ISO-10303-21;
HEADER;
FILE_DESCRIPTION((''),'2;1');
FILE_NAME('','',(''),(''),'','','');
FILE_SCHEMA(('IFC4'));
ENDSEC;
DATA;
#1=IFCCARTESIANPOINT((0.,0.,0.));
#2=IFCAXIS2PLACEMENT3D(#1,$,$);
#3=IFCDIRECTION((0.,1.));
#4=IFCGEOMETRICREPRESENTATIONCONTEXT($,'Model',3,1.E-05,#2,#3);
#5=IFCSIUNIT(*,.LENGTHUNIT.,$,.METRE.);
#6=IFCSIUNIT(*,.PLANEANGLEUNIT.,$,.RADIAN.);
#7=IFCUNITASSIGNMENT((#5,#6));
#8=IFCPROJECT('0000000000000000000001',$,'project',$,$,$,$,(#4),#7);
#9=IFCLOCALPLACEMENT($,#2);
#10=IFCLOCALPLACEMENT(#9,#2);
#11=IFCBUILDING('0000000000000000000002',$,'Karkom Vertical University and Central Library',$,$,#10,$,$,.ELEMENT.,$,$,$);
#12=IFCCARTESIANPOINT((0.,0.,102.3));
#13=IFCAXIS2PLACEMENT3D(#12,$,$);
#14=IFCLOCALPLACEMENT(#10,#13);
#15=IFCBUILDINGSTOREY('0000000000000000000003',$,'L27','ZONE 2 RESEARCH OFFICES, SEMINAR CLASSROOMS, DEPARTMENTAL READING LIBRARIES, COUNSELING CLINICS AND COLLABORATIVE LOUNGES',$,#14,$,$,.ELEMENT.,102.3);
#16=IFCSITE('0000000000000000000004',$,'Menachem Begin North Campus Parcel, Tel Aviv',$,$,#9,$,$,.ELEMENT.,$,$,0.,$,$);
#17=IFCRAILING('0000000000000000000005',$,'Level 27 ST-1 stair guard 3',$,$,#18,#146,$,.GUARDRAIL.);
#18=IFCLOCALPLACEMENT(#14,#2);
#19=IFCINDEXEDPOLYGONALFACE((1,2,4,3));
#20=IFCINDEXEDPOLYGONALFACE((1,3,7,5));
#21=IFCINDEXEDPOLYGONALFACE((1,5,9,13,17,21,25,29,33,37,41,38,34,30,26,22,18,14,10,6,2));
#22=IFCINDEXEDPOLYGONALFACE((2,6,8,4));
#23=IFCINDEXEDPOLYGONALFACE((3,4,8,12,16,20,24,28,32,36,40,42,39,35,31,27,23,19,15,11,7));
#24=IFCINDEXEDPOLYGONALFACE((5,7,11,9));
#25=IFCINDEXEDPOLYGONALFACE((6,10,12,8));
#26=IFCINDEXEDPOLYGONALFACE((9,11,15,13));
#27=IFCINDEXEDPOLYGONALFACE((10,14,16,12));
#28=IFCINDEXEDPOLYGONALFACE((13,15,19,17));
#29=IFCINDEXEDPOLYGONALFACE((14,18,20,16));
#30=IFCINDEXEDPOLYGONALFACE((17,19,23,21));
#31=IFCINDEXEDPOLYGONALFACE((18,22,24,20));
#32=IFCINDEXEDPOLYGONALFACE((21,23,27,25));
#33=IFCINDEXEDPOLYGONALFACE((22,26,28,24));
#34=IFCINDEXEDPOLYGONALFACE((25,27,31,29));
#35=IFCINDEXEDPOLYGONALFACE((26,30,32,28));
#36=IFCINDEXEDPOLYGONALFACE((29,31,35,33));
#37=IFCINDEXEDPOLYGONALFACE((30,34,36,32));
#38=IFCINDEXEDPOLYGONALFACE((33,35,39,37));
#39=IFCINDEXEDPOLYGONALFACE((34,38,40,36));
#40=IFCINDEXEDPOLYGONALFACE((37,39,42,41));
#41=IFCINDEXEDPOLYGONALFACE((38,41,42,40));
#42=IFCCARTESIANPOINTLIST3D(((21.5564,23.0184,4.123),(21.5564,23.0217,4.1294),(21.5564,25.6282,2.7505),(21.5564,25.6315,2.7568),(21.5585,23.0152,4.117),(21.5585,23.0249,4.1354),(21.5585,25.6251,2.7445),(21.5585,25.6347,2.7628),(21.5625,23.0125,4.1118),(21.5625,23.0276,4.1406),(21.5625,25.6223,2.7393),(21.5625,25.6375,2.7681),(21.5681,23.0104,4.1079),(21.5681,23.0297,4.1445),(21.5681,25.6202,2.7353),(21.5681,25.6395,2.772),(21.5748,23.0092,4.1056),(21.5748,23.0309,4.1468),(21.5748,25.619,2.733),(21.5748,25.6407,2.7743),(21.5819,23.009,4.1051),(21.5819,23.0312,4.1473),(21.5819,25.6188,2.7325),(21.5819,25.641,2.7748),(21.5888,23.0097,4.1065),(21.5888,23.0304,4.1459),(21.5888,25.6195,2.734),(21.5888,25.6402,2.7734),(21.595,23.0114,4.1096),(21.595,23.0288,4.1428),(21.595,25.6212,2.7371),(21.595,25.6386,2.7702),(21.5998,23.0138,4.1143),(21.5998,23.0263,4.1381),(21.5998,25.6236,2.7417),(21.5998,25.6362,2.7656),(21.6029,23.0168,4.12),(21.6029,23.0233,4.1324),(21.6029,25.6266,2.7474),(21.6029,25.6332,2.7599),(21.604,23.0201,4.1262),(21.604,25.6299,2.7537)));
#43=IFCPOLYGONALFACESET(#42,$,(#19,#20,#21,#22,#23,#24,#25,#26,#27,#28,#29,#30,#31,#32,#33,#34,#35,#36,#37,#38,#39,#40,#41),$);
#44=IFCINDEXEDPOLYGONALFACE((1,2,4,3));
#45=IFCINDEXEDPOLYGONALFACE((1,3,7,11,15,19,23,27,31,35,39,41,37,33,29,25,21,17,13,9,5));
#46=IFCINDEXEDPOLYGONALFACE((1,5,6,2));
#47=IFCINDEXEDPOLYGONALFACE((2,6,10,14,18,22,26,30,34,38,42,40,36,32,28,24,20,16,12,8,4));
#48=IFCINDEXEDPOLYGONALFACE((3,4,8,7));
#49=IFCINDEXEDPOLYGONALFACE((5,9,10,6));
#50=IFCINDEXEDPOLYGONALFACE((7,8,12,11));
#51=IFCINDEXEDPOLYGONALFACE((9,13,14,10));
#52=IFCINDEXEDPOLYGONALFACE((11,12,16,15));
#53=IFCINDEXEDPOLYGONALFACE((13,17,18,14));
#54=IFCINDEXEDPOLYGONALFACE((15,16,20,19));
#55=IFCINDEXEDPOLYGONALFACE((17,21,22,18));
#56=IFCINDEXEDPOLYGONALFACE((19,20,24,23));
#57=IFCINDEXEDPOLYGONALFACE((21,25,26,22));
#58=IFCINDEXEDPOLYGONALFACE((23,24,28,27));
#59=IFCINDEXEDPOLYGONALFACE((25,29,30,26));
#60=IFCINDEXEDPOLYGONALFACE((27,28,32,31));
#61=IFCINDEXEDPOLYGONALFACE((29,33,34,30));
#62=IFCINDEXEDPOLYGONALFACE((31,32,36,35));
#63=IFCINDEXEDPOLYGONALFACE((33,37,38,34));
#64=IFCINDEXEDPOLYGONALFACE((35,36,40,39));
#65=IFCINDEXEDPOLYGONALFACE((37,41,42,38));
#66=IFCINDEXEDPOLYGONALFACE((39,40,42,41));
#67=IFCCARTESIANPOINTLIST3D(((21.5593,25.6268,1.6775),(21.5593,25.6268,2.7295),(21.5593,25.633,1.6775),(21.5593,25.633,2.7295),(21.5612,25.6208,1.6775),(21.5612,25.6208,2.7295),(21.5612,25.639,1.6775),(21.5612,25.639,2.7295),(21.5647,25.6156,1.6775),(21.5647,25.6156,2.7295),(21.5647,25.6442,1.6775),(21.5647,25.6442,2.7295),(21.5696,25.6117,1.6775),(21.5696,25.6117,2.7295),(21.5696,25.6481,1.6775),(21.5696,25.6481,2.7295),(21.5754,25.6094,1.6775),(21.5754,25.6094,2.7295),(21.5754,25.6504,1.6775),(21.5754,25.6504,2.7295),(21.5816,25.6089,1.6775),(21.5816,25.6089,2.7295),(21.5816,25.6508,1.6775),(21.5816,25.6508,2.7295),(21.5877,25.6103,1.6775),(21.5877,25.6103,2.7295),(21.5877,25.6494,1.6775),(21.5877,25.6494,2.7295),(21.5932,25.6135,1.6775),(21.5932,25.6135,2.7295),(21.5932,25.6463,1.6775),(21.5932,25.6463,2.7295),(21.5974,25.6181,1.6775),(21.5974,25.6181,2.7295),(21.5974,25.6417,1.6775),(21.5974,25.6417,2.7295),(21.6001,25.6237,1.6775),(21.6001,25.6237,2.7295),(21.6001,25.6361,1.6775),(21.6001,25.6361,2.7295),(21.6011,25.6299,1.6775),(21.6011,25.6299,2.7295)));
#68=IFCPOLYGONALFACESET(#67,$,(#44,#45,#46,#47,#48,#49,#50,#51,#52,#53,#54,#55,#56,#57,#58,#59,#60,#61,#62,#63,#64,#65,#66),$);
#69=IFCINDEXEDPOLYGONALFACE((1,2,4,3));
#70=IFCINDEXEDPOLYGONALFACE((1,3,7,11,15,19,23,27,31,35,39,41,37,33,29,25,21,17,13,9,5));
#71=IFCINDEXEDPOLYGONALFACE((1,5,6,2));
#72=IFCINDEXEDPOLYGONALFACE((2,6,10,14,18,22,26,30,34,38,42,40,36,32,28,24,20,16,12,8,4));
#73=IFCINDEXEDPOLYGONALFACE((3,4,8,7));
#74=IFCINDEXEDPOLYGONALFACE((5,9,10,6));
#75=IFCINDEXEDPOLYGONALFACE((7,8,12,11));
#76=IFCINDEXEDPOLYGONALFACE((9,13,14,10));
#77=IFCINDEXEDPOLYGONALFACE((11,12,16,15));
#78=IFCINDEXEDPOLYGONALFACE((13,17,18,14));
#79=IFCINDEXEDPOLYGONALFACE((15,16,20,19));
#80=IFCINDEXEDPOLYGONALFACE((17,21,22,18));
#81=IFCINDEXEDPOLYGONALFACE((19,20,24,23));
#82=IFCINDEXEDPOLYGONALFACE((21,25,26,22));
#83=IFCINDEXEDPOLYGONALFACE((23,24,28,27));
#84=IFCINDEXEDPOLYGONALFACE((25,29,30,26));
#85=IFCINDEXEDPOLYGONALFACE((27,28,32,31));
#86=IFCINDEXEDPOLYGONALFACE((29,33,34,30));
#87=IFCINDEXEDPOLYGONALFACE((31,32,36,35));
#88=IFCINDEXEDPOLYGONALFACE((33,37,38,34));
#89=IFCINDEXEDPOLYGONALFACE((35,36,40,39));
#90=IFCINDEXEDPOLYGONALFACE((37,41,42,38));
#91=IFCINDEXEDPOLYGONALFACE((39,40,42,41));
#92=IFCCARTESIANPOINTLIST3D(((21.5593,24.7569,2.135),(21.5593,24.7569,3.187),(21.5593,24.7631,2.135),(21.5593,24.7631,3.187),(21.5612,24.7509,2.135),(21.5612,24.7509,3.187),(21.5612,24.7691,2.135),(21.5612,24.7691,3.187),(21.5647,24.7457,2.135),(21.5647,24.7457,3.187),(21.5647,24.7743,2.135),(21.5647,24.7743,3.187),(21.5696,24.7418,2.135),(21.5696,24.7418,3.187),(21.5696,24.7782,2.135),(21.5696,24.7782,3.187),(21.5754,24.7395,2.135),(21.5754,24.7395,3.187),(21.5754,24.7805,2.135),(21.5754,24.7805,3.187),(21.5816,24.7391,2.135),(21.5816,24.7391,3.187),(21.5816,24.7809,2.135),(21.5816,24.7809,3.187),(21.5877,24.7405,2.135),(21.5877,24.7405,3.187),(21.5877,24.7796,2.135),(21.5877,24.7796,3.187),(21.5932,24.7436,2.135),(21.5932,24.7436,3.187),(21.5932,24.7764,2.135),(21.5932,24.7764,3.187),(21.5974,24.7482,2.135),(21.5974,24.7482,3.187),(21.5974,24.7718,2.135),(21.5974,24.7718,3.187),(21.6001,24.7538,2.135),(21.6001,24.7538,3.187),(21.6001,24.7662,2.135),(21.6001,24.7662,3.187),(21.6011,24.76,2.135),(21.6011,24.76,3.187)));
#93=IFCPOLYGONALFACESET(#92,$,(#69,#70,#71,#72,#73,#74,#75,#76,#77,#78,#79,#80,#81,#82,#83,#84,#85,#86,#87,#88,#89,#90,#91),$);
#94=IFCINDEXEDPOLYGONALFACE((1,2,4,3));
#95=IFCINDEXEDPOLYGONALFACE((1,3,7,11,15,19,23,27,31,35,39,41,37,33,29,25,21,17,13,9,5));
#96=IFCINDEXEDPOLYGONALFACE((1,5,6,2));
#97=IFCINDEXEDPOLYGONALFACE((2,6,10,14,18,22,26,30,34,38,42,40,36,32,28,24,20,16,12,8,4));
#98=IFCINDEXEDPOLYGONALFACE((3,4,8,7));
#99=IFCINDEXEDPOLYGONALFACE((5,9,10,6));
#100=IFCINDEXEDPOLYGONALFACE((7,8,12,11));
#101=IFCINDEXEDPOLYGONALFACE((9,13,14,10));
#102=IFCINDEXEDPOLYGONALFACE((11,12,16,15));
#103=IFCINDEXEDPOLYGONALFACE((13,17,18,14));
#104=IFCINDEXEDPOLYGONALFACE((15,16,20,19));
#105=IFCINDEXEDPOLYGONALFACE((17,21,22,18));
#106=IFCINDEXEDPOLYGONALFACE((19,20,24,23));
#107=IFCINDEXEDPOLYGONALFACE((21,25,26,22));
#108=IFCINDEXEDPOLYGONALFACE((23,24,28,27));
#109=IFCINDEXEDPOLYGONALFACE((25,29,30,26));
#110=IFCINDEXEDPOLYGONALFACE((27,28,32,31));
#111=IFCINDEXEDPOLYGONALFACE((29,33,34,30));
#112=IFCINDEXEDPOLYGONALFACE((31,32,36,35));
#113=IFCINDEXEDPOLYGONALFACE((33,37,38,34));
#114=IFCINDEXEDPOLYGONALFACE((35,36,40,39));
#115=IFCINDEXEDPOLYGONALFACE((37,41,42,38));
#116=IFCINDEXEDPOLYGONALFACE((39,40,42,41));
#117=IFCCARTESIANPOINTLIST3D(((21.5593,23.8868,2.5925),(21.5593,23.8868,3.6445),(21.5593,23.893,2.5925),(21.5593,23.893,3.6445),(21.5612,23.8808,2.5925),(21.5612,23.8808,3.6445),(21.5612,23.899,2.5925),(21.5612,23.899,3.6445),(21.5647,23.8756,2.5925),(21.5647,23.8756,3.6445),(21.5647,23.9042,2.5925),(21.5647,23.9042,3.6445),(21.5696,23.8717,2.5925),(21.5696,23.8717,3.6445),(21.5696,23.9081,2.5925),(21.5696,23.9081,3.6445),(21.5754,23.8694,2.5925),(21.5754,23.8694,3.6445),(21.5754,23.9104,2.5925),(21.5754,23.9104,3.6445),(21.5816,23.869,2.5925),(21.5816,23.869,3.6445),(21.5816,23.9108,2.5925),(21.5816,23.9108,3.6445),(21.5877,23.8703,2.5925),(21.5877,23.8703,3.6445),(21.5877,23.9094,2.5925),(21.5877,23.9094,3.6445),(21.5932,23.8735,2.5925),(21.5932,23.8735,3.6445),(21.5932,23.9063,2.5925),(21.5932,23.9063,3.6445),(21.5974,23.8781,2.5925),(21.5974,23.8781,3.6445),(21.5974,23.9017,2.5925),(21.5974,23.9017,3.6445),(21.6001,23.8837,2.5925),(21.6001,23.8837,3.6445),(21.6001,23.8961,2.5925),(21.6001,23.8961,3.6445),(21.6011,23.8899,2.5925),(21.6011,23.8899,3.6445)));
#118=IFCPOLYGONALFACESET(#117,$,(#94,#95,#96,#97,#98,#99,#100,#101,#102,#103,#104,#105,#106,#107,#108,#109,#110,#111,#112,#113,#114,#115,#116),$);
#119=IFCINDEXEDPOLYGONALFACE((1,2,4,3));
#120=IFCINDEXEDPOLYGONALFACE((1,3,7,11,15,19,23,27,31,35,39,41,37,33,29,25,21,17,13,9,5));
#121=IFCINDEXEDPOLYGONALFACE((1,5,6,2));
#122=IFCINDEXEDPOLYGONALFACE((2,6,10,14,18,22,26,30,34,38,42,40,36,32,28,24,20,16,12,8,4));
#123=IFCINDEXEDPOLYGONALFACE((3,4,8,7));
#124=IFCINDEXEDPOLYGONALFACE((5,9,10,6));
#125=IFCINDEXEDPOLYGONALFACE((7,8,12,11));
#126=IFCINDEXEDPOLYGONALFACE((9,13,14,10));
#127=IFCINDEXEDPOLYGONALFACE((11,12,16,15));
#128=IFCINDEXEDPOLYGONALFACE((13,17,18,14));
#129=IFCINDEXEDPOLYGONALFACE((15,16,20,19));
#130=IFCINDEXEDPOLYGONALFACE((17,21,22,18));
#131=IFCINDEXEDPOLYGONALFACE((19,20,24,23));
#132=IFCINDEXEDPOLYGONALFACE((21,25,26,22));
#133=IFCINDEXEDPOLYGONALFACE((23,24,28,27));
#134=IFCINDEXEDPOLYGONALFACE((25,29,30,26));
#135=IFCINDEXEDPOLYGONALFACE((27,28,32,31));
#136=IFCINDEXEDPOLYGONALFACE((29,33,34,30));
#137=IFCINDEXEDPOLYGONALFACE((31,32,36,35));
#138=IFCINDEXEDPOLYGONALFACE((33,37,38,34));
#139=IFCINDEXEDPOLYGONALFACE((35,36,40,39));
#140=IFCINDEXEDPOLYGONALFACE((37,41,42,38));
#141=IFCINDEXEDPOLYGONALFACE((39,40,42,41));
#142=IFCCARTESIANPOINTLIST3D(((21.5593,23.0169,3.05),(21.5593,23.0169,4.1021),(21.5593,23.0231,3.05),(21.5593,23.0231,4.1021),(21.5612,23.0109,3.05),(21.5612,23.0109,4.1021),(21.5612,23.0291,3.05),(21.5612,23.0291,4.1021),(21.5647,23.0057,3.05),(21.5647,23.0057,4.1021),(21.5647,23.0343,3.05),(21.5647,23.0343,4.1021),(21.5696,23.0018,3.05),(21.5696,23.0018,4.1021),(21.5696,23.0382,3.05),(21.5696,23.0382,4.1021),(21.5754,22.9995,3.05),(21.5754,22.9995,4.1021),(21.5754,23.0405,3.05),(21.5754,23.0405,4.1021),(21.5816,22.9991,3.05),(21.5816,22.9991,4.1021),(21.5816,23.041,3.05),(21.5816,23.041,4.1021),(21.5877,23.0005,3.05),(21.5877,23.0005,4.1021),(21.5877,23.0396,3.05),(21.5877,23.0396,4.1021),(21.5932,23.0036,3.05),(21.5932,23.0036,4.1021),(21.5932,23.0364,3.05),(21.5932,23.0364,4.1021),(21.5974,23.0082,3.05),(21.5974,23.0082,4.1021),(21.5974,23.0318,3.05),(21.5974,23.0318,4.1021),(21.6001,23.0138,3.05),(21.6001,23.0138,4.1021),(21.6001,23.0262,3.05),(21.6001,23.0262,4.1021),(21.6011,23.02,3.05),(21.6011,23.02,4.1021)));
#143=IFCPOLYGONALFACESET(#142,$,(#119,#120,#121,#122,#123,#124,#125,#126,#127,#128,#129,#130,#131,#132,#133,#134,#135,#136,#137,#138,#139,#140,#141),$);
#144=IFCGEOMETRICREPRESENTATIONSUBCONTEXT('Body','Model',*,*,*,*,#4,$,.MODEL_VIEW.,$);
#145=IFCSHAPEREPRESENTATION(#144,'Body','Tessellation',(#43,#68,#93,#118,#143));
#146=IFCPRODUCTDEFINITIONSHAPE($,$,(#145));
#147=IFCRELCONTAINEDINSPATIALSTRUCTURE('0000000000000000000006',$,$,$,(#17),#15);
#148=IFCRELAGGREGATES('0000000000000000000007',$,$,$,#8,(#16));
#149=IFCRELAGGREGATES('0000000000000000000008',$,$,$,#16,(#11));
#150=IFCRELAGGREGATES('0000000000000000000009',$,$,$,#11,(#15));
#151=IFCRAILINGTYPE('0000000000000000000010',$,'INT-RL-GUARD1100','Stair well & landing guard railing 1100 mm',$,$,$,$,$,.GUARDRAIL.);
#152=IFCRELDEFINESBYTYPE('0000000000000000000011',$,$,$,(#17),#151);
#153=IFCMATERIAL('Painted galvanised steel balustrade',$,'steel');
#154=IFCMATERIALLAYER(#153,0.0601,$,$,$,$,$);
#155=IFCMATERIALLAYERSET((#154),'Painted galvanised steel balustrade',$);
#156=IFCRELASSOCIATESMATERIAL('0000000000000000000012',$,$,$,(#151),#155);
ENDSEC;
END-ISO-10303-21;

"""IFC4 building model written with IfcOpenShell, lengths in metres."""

from ifc_helpers import new_model, si_unit, direction, frame, origin, origin_2d, place, context, subcontext, project, spatial, circle, extrude, material, layer, layer_set, type_object, element, save


model = new_model("IFC4")

# Units and contexts
model_context = context("Model", 3, precision=1e-05, world=origin(), true_north=direction((0.0, 1.0)))
body_context = subcontext(model_context, "Body", "Model", "MODEL_VIEW")
ifc_project = project(units=[si_unit("LENGTHUNIT", "METRE"), si_unit("PLANEANGLEUNIT", "RADIAN")], contexts=[model_context])

# Site, building, storey
site_placement = place(None, origin())
site = spatial("IfcSite", under=ifc_project, at=site_placement, Name="Menachem Begin North Campus Parcel, Tel Aviv", CompositionType="ELEMENT", RefElevation=0.0)
building_placement = place(site_placement, origin())
building = spatial("IfcBuilding", under=site, at=building_placement, Name="Karkom Vertical University and Central Library", CompositionType="ELEMENT")
storey_placement = place(building_placement, frame((0.0, 0.0, 102.3)))
storey = spatial("IfcBuildingStorey", under=building, at=storey_placement, Name="L27", Description="ZONE 2 RESEARCH OFFICES, SEMINAR CLASSROOMS, DEPARTMENTAL READING LIBRARIES, COUNSELING CLINICS AND COLLABORATIVE LOUNGES", CompositionType="ELEMENT", Elevation=102.3)

# Railing
ifc_material_1 = material(Name="Painted galvanised steel balustrade", Category="steel")
ifc_layer_1 = layer(ifc_material_1, 0.0601)
ifc_layer_set_1 = layer_set([ifc_layer_1], Name="Painted galvanised steel balustrade")
railing_type_1 = type_object("IfcRailingType", Name="INT-RL-GUARD1100", Description="Stair well & landing guard railing 1100 mm", PredefinedType="GUARDRAIL", material=ifc_layer_set_1)
railing_1_placement = place(storey_placement, frame((21.5801, 25.6299, 1.6775)))
element("IfcRailing", 1, at=railing_1_placement, inside=storey, type_object=railing_type_1, Name="Level 27 ST-1 stair guard 3", PredefinedType="GUARDRAIL", context=body_context, shape_type="SweptSolid", body=[
    extrude(circle(Radius=0.0239, at=origin_2d()), frame((0.0, 0.0, 1.0762), z_axis=(0.0, -0.885065, 0.465467), x_axis=(1.0, 0.0, 0.0)), (0.0, 0.0, 1.0), 2.9487),
    extrude(circle(Radius=0.021, at=origin_2d()), origin(), (0.0, 0.0, 1.0), 1.052),
    extrude(circle(Radius=0.021, at=origin_2d()), frame((0.0, -0.8699, 0.4575)), (0.0, 0.0, 1.0), 1.052),
    extrude(circle(Radius=0.021, at=origin_2d()), frame((0.0, -1.74, 0.915)), (0.0, 0.0, 1.0), 1.052),
    extrude(circle(Radius=0.021, at=origin_2d()), frame((0.0, -2.6099, 1.3726)), (0.0, 0.0, 1.0), 1.052),
])

save(model, "model.ifc")
